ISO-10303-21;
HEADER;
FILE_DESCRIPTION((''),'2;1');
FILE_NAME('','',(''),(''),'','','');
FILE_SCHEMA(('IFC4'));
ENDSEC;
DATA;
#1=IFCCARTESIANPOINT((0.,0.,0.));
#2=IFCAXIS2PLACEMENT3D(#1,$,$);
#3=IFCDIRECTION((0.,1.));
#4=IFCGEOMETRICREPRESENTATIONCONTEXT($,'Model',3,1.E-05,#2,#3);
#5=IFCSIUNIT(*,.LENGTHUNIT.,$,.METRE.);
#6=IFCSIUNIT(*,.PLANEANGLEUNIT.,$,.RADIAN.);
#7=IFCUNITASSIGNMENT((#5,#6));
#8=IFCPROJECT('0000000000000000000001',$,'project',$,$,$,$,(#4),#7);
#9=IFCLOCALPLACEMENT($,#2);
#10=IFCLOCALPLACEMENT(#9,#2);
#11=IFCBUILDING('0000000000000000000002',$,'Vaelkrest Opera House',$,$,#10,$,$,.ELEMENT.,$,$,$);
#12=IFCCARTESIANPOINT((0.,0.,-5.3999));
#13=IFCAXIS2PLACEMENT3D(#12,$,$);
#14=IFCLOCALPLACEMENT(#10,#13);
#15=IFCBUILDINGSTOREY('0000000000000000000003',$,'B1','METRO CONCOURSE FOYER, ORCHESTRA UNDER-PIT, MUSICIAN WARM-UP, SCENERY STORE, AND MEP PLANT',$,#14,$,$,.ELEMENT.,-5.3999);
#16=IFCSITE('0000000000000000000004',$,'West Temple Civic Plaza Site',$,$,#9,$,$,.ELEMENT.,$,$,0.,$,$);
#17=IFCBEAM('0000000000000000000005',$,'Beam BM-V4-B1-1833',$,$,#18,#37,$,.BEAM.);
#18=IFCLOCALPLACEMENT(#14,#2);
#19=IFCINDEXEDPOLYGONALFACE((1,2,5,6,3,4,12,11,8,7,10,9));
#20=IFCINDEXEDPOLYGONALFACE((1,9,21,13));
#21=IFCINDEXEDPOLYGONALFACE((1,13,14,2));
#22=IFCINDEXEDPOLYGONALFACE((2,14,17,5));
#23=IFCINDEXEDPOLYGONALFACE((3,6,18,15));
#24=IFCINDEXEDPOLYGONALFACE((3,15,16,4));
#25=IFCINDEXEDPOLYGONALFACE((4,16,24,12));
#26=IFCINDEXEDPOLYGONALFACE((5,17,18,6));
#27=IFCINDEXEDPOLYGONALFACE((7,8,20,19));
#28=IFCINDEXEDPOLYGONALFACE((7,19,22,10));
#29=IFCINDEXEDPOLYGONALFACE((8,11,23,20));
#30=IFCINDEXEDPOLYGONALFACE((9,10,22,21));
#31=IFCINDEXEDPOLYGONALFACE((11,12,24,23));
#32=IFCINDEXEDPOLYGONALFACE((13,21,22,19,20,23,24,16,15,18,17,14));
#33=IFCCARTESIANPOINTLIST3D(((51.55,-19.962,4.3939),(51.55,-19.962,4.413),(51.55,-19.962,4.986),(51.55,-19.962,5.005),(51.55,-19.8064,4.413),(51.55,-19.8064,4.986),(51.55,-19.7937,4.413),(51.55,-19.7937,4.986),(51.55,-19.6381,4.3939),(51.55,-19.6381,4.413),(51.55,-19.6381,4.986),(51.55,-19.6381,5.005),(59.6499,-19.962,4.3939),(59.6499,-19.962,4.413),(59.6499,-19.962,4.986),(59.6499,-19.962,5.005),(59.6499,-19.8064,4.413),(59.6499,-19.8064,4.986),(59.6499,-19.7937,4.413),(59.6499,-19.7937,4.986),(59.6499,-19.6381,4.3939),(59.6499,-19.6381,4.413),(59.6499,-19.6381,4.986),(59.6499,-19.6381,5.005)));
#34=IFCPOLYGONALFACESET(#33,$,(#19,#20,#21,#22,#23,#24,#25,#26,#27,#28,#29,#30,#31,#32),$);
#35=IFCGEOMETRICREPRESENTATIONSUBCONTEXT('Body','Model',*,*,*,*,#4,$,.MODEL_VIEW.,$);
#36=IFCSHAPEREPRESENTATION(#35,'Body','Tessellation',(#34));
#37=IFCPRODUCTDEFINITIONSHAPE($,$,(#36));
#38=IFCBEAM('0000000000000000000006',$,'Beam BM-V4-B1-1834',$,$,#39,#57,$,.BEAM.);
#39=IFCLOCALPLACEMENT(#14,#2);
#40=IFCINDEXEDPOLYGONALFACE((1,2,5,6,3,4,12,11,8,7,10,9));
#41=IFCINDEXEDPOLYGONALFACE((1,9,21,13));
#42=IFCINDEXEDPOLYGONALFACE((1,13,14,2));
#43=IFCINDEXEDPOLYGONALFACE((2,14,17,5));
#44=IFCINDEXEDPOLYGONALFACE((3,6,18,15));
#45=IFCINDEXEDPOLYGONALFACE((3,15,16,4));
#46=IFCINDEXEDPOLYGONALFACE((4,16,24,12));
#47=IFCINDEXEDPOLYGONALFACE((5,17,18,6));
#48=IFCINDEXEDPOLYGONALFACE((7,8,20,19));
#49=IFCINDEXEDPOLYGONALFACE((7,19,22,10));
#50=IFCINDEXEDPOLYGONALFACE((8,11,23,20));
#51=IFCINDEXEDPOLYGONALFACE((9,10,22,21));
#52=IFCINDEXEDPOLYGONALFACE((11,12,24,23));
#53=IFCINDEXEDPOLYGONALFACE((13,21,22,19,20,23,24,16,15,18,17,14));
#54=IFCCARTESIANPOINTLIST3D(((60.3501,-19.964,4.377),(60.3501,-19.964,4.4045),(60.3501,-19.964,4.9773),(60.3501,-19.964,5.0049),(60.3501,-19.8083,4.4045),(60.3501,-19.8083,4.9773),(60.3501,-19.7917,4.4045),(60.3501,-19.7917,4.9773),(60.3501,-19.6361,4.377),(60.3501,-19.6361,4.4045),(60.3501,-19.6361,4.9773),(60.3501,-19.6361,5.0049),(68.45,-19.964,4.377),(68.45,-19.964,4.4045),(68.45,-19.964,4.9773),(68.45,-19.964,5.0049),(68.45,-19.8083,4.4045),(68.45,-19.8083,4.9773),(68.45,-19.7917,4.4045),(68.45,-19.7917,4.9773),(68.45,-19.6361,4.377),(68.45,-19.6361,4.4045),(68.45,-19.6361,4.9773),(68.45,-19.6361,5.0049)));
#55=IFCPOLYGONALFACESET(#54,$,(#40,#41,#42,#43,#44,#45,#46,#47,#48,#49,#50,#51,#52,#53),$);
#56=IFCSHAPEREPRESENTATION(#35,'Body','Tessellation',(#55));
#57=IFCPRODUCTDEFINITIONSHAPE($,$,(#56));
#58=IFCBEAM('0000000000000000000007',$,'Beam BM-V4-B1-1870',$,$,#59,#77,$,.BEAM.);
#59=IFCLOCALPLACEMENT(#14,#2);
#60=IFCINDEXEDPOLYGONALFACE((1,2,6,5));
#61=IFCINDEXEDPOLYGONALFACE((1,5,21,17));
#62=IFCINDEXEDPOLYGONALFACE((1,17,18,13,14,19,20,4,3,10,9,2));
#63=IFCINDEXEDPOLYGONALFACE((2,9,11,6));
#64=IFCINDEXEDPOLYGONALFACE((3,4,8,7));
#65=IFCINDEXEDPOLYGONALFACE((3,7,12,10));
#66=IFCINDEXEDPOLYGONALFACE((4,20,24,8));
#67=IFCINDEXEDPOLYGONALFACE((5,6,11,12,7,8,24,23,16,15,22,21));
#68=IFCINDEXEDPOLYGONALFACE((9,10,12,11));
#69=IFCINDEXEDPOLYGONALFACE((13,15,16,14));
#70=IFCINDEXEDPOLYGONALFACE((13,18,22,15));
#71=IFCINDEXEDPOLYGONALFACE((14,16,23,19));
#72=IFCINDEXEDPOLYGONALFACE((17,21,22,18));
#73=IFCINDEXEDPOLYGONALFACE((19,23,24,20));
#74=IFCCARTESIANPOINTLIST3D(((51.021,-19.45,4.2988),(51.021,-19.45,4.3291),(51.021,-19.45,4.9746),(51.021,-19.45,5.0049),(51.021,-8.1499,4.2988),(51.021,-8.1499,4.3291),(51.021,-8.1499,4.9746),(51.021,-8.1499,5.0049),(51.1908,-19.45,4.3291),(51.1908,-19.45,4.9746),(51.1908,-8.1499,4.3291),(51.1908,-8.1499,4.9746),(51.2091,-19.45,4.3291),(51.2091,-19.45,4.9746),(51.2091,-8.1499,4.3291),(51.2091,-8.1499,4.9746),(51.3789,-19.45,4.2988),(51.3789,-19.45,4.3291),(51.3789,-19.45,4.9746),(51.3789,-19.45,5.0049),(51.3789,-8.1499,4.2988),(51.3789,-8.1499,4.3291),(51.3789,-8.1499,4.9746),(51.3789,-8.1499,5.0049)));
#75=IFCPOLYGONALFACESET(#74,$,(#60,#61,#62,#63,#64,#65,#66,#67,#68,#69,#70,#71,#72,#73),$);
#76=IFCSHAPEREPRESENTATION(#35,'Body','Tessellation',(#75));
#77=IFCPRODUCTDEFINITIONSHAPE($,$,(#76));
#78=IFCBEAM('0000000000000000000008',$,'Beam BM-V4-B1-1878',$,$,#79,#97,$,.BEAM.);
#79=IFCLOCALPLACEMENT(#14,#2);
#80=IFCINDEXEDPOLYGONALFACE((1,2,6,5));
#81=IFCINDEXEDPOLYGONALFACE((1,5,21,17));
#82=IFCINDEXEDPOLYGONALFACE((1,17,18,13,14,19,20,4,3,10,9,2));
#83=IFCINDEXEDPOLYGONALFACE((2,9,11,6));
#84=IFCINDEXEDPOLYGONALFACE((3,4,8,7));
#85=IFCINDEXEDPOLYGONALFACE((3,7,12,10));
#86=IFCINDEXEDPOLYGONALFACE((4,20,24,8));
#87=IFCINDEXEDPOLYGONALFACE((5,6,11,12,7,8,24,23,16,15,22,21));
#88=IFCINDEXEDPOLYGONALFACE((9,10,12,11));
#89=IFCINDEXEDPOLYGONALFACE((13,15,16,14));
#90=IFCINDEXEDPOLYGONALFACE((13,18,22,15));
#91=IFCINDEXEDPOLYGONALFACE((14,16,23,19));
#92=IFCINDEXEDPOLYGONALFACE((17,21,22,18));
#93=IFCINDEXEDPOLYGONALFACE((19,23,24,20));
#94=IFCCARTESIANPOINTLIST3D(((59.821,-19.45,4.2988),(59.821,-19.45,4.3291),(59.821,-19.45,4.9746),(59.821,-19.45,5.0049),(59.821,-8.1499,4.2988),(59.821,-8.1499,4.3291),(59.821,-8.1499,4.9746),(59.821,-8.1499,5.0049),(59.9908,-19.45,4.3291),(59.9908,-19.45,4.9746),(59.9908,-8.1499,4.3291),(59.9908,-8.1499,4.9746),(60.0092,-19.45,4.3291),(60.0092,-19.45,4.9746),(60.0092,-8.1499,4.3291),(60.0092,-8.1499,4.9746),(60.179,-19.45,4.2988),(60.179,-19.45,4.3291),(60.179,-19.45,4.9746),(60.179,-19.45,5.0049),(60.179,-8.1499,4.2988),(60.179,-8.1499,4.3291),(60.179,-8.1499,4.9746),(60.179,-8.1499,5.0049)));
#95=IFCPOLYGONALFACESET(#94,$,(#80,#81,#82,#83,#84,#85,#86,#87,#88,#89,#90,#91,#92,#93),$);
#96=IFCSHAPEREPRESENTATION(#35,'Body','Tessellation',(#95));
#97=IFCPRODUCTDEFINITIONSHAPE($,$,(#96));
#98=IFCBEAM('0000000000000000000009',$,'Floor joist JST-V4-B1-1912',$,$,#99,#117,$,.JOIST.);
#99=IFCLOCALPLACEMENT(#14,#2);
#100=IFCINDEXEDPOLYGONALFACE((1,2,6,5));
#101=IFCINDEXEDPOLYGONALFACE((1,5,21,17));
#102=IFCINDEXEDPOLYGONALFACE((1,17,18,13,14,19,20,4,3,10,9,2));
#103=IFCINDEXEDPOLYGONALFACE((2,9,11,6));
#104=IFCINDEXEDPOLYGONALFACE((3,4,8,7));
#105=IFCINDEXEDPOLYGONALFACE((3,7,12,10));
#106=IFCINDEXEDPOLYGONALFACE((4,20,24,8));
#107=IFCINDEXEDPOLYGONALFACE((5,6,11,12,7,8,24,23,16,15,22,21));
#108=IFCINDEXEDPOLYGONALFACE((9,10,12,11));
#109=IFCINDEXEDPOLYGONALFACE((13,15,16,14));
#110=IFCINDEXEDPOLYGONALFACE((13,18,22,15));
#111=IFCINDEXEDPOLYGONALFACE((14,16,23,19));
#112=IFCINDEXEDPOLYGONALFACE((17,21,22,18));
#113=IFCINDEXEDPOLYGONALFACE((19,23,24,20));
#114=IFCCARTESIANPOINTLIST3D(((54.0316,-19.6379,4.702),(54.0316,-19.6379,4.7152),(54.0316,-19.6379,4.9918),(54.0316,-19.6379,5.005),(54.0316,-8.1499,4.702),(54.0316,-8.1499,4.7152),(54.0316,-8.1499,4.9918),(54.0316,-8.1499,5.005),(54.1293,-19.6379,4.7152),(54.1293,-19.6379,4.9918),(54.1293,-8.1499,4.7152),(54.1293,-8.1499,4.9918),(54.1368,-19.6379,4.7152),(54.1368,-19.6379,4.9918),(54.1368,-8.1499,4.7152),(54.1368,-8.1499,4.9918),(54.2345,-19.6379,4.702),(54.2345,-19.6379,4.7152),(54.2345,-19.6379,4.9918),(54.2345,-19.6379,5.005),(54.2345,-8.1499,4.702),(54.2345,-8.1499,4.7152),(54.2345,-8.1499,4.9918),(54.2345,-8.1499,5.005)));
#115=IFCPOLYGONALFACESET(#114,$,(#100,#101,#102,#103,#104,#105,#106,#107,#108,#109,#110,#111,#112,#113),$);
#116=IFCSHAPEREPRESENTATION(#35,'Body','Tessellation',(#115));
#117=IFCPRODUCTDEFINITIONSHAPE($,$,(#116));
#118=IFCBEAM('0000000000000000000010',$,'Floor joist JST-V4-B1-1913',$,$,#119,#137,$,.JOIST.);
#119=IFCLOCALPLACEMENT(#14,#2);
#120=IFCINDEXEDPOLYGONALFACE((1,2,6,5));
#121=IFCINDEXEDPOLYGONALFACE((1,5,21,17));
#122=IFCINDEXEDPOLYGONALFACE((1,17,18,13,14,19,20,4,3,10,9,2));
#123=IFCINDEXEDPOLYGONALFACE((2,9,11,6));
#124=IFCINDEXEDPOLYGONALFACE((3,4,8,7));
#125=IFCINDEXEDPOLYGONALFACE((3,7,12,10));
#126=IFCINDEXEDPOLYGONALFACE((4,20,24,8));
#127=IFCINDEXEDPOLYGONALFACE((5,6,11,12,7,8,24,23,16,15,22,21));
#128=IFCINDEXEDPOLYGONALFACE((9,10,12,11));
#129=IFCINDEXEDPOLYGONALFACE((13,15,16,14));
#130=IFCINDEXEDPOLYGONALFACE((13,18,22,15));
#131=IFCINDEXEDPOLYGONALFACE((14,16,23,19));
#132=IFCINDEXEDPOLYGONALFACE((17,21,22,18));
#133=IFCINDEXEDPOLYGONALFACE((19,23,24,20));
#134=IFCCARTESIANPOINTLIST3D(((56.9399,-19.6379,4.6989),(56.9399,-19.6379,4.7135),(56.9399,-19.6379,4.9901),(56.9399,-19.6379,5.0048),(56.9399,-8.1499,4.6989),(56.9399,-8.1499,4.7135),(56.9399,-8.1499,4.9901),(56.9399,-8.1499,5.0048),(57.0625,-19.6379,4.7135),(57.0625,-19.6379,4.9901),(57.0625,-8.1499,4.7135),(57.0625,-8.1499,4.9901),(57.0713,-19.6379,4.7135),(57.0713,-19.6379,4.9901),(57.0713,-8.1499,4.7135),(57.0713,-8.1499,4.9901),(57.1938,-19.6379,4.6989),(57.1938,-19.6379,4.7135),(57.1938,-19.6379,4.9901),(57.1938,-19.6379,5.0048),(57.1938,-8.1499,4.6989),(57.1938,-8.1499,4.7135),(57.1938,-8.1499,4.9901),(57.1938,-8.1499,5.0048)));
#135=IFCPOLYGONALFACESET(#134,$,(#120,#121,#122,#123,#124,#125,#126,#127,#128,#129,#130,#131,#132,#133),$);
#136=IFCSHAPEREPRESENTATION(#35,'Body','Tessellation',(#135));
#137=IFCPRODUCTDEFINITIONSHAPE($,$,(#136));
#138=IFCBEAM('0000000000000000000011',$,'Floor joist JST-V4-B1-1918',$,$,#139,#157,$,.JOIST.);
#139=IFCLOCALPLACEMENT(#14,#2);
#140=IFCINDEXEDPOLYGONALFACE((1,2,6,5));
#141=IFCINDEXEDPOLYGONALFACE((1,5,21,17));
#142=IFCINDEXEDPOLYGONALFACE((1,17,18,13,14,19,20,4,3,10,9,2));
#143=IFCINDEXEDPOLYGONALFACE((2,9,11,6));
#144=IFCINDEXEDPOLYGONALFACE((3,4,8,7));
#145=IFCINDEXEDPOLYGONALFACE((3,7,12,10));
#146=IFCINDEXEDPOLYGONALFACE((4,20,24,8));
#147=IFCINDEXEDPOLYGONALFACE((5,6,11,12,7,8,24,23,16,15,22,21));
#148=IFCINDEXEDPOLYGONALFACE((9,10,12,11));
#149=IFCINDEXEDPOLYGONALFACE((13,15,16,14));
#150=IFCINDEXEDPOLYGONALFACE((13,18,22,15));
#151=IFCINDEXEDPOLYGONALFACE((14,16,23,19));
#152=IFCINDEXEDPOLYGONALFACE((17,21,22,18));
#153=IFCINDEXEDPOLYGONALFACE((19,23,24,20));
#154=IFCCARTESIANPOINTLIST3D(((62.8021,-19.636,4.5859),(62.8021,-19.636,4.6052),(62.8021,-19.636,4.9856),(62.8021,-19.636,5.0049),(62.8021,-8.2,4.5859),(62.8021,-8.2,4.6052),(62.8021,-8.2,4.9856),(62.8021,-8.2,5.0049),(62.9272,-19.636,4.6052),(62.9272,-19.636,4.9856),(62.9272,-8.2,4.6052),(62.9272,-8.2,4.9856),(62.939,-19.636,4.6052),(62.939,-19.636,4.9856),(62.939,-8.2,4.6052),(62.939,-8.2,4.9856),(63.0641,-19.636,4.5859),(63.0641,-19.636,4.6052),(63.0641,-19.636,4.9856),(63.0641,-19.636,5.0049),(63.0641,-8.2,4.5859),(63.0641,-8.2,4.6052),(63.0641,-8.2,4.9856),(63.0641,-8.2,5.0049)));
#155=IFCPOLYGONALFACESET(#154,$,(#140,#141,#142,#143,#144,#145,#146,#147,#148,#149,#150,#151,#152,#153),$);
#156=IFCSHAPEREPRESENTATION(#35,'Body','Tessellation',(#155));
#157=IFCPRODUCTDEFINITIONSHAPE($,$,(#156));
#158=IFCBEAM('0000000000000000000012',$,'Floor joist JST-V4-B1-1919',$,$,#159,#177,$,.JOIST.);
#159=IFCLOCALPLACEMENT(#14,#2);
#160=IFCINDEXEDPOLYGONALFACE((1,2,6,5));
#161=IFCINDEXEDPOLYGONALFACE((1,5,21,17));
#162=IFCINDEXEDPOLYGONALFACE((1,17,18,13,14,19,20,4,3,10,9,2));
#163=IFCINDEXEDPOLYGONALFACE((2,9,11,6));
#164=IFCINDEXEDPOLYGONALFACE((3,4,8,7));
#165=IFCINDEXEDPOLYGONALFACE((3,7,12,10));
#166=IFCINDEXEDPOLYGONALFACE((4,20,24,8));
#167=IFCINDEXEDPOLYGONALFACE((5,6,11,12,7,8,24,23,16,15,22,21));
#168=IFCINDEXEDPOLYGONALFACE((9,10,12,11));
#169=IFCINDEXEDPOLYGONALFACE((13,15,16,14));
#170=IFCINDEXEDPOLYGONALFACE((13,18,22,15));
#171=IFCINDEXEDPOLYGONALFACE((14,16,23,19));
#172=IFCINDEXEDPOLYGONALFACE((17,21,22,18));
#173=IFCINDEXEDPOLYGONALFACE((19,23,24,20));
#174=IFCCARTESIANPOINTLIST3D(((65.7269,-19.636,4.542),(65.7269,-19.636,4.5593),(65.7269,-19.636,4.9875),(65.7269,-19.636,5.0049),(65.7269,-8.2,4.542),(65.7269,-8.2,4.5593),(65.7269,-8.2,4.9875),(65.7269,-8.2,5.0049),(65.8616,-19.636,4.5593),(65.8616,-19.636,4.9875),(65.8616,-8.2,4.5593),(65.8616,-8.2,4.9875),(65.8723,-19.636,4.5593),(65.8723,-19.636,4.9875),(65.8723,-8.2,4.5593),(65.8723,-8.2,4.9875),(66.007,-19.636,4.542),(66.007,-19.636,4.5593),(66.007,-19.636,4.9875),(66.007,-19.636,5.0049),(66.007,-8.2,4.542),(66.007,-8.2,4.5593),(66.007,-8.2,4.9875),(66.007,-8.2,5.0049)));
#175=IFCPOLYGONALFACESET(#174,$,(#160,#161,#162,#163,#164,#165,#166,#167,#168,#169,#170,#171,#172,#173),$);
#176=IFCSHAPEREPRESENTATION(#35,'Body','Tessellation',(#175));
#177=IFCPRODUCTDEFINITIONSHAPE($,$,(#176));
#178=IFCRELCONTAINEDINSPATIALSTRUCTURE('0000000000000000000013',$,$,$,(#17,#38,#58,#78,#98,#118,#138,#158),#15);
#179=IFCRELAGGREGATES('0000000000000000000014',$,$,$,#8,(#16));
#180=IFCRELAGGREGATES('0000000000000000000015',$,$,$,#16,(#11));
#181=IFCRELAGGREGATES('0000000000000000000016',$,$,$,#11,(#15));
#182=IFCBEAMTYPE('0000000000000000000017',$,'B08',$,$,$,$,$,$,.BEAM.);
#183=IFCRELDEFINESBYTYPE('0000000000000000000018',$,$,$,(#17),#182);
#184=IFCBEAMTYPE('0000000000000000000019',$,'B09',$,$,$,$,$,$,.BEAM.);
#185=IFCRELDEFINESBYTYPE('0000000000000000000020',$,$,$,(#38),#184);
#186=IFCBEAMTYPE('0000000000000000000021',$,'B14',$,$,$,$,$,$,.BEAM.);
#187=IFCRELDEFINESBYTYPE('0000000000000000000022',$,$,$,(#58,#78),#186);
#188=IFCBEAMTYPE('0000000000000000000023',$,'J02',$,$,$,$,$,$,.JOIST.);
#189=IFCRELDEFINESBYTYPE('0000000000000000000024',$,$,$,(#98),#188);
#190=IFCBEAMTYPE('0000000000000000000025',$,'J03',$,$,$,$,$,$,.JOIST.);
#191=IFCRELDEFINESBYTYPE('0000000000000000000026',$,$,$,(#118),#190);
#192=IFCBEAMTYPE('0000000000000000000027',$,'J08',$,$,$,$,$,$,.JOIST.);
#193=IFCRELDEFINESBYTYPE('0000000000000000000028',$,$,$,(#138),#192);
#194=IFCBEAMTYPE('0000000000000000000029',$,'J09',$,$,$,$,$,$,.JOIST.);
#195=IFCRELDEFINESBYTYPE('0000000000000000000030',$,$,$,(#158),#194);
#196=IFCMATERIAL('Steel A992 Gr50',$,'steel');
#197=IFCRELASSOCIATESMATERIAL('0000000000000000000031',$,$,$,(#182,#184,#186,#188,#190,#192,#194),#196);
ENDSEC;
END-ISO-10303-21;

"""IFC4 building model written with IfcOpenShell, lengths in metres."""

from ifc_helpers import new_model, si_unit, direction, frame, origin, origin_2d, place, context, subcontext, project, spatial, i_section, extrude, material, material_profile, profile_set, type_object, element, save


model = new_model("IFC4")

# Units and contexts
model_context = context("Model", 3, precision=1e-05, world=origin(), true_north=direction((0.0, 1.0)))
body_context = subcontext(model_context, "Body", "Model", "MODEL_VIEW")
ifc_project = project(units=[si_unit("LENGTHUNIT", "METRE"), si_unit("PLANEANGLEUNIT", "RADIAN")], contexts=[model_context])

# Site, building, storey
site_placement = place(None, origin())
site = spatial("IfcSite", under=ifc_project, at=site_placement, Name="West Temple Civic Plaza Site", CompositionType="ELEMENT", RefElevation=0.0)
building_placement = place(site_placement, origin())
building = spatial("IfcBuilding", under=site, at=building_placement, Name="Vaelkrest Opera House", CompositionType="ELEMENT")
storey_placement = place(building_placement, frame((0.0, 0.0, -5.3999)))
storey = spatial("IfcBuildingStorey", under=building, at=storey_placement, Name="B1", Description="METRO CONCOURSE FOYER, ORCHESTRA UNDER-PIT, MUSICIAN WARM-UP, SCENERY STORE, AND MEP PLANT", CompositionType="ELEMENT", Elevation=-5.3999)

# Beams
ifc_material_1 = material(Name="Steel A992 Gr50", Category="steel")
ifc_material_profile_1 = material_profile(ifc_material_1, i_section(OverallWidth=0.324, OverallDepth=0.6111, WebThickness=0.0127, FlangeThickness=0.019, at=origin_2d()), Name="W24X104")
ifc_profile_set_1 = profile_set([ifc_material_profile_1], Name="Steel A992 Gr50")
beam_type_1 = type_object("IfcBeamType", Name="B08", PredefinedType="BEAM", material=ifc_profile_set_1)
beam_1_placement = place(storey_placement, frame((51.55, -19.8, 4.6995), z_axis=(1.0, 0.0, 0.0), x_axis=(0.0, 1.0, 0.0)))
element("IfcBeam", 1, at=beam_1_placement, inside=storey, type_object=beam_type_1, Name="Beam BM-V4-B1-1833", PredefinedType="BEAM", context=body_context, shape_type="SweptSolid", body=[
    extrude(i_section(OverallWidth=0.324, OverallDepth=0.6111, WebThickness=0.0127, FlangeThickness=0.019, at=origin_2d()), origin(), (0.0, 0.0, 1.0), 8.0999),
])
ifc_material_profile_2 = material_profile(ifc_material_1, i_section(OverallWidth=0.3279, OverallDepth=0.6279, WebThickness=0.0166, FlangeThickness=0.0276, at=origin_2d()), Name="W24X146")
ifc_profile_set_2 = profile_set([ifc_material_profile_2], Name="Steel A992 Gr50")
beam_type_2 = type_object("IfcBeamType", Name="B09", PredefinedType="BEAM", material=ifc_profile_set_2)
beam_2_placement = place(storey_placement, frame((60.3501, -19.8, 4.6909), z_axis=(1.0, 0.0, 0.0), x_axis=(0.0, 1.0, 0.0)))
element("IfcBeam", 2, at=beam_2_placement, inside=storey, type_object=beam_type_2, Name="Beam BM-V4-B1-1834", PredefinedType="BEAM", context=body_context, shape_type="SweptSolid", body=[
    extrude(i_section(OverallWidth=0.3279, OverallDepth=0.6279, WebThickness=0.0166, FlangeThickness=0.0276, at=origin_2d()), origin(), (0.0, 0.0, 1.0), 8.0999),
])
ifc_material_profile_3 = material_profile(ifc_material_1, i_section(OverallWidth=0.3579, OverallDepth=0.7061, WebThickness=0.0183, FlangeThickness=0.0303, at=origin_2d()), Name="W27X178")
ifc_profile_set_3 = profile_set([ifc_material_profile_3], Name="Steel A992 Gr50")
beam_type_3 = type_object("IfcBeamType", Name="B14", PredefinedType="BEAM", material=ifc_profile_set_3)
for number, where, z_axis, x_axis, name in (
    (3, (51.2, -19.45, 4.6519), (0.0, 1.0, 0.0), (-1.0, 0.0, 0.0), "Beam BM-V4-B1-1870"),
    (4, (60.0, -19.45, 4.6519), (0.0, 1.0, 0.0), (-1.0, 0.0, 0.0), "Beam BM-V4-B1-1878"),
):
    element("IfcBeam", number, at=place(storey_placement, frame(where, z_axis=z_axis, x_axis=x_axis)), inside=storey, type_object=beam_type_3, Name=name, PredefinedType="BEAM", context=body_context, shape_type="SweptSolid", body=[
        extrude(i_section(OverallWidth=0.3579, OverallDepth=0.7061, WebThickness=0.0183, FlangeThickness=0.0303, at=origin_2d()), origin(), (0.0, 0.0, 1.0), 11.3),
    ])
ifc_material_profile_4 = material_profile(ifc_material_1, i_section(OverallWidth=0.2029, OverallDepth=0.303, WebThickness=0.0076, FlangeThickness=0.0132, at=origin_2d()), Name="W12X40")
ifc_profile_set_4 = profile_set([ifc_material_profile_4], Name="Steel A992 Gr50")
beam_type_4 = type_object("IfcBeamType", Name="J02", PredefinedType="JOIST", material=ifc_profile_set_4)
beam_3_placement = place(storey_placement, frame((54.1331, -19.6379, 4.8535), z_axis=(0.0, 1.0, 0.0), x_axis=(-1.0, 0.0, 0.0)))
element("IfcBeam", 5, at=beam_3_placement, inside=storey, type_object=beam_type_4, Name="Floor joist JST-V4-B1-1912", PredefinedType="JOIST", context=body_context, shape_type="SweptSolid", body=[
    extrude(i_section(OverallWidth=0.2029, OverallDepth=0.303, WebThickness=0.0076, FlangeThickness=0.0132, at=origin_2d()), origin(), (0.0, 0.0, 1.0), 11.488),
])
ifc_material_profile_5 = material_profile(ifc_material_1, i_section(OverallWidth=0.2539, OverallDepth=0.3059, WebThickness=0.0088, FlangeThickness=0.0146, at=origin_2d()), Name="W12X53")
ifc_profile_set_5 = profile_set([ifc_material_profile_5], Name="Steel A992 Gr50")
beam_type_5 = type_object("IfcBeamType", Name="J03", PredefinedType="JOIST", material=ifc_profile_set_5)
beam_4_placement = place(storey_placement, frame((57.0669, -19.6379, 4.8518), z_axis=(0.0, 1.0, 0.0), x_axis=(-1.0, 0.0, 0.0)))
element("IfcBeam", 6, at=beam_4_placement, inside=storey, type_object=beam_type_5, Name="Floor joist JST-V4-B1-1913", PredefinedType="JOIST", context=body_context, shape_type="SweptSolid", body=[
    extrude(i_section(OverallWidth=0.2539, OverallDepth=0.3059, WebThickness=0.0088, FlangeThickness=0.0146, at=origin_2d()), origin(), (0.0, 0.0, 1.0), 11.488),
])
ifc_material_profile_6 = material_profile(ifc_material_1, i_section(OverallWidth=0.262, OverallDepth=0.4189, WebThickness=0.0117, FlangeThickness=0.0193, at=origin_2d()), Name="W16X77")
ifc_profile_set_6 = profile_set([ifc_material_profile_6], Name="Steel A992 Gr50")
beam_type_6 = type_object("IfcBeamType", Name="J08", PredefinedType="JOIST", material=ifc_profile_set_6)
beam_5_placement = place(storey_placement, frame((62.9331, -19.636, 4.7954), z_axis=(0.0, 1.0, 0.0), x_axis=(-1.0, 0.0, 0.0)))
element("IfcBeam", 7, at=beam_5_placement, inside=storey, type_object=beam_type_6, Name="Floor joist JST-V4-B1-1918", PredefinedType="JOIST", context=body_context, shape_type="SweptSolid", body=[
    extrude(i_section(OverallWidth=0.262, OverallDepth=0.4189, WebThickness=0.0117, FlangeThickness=0.0193, at=origin_2d()), origin(), (0.0, 0.0, 1.0), 11.436),
])
ifc_material_profile_7 = material_profile(ifc_material_1, i_section(OverallWidth=0.28, OverallDepth=0.4629, WebThickness=0.0107, FlangeThickness=0.0173, at=origin_2d()), Name="W18X76")
ifc_profile_set_7 = profile_set([ifc_material_profile_7], Name="Steel A992 Gr50")
beam_type_7 = type_object("IfcBeamType", Name="J09", PredefinedType="JOIST", material=ifc_profile_set_7)
beam_6_placement = place(storey_placement, frame((65.8669, -19.636, 4.7734), z_axis=(0.0, 1.0, 0.0), x_axis=(-1.0, 0.0, 0.0)))
element("IfcBeam", 8, at=beam_6_placement, inside=storey, type_object=beam_type_7, Name="Floor joist JST-V4-B1-1919", PredefinedType="JOIST", context=body_context, shape_type="SweptSolid", body=[
    extrude(i_section(OverallWidth=0.28, OverallDepth=0.4629, WebThickness=0.0107, FlangeThickness=0.0173, at=origin_2d()), origin(), (0.0, 0.0, 1.0), 11.436),
])

save(model, "model.ifc")
